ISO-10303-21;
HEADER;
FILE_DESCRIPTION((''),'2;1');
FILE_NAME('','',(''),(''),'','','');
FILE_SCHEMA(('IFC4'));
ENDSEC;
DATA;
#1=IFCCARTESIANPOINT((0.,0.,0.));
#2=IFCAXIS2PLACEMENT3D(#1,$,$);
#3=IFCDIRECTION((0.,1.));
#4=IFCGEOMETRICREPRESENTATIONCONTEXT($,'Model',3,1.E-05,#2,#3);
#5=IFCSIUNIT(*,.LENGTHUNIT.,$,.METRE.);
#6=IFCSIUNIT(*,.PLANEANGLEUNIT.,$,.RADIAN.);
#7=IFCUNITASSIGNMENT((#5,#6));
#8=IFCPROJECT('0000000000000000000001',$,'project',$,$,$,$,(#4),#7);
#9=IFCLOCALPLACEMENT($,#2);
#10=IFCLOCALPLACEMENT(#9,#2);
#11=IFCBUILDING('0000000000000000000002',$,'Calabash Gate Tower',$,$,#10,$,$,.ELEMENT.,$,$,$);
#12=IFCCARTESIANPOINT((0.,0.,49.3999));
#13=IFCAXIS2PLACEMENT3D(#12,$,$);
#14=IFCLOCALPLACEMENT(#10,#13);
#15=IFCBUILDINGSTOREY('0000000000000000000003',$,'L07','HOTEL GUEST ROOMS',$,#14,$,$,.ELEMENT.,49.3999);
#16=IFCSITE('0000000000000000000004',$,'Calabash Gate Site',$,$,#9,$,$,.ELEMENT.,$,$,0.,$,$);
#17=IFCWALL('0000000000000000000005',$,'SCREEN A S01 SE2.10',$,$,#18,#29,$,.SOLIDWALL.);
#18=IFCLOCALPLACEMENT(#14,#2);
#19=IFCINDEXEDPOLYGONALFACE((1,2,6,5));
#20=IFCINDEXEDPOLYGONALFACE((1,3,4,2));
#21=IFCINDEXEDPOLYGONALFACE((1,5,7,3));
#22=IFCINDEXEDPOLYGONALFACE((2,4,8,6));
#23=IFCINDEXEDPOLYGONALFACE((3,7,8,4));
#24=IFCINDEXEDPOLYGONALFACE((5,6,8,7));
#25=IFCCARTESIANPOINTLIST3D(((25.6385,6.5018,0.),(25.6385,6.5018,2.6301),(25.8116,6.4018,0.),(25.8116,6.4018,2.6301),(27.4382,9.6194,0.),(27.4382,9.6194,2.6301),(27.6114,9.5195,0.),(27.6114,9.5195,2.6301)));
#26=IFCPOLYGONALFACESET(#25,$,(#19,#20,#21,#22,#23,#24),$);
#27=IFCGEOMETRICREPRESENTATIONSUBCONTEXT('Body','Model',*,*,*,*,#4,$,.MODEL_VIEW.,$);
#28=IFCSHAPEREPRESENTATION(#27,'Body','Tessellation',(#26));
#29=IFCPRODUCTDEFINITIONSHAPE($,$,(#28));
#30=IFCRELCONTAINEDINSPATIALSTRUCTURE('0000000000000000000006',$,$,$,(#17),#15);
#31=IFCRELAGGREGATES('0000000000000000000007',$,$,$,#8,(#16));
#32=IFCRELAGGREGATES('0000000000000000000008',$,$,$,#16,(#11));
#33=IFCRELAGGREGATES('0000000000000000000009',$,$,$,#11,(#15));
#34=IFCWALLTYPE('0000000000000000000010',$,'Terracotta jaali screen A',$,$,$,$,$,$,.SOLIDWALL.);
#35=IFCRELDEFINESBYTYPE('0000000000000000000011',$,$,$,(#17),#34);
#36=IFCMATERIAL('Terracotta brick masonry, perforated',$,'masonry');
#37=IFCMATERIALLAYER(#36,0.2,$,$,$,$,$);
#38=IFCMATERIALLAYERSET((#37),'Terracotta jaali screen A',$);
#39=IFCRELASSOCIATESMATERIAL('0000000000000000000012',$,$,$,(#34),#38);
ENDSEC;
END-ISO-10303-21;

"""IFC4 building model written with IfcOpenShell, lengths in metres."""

from ifc_helpers import new_model, si_unit, direction, frame, frame_2d, origin, place, context, subcontext, project, spatial, rectangle, extrude, material, layer, layer_set, type_object, element, save


model = new_model("IFC4")

# Units and contexts
model_context = context("Model", 3, precision=1e-05, world=origin(), true_north=direction((0.0, 1.0)))
body_context = subcontext(model_context, "Body", "Model", "MODEL_VIEW")
ifc_project = project(units=[si_unit("LENGTHUNIT", "METRE"), si_unit("PLANEANGLEUNIT", "RADIAN")], contexts=[model_context])

# Site, building, storey
site_placement = place(None, origin())
site = spatial("IfcSite", under=ifc_project, at=site_placement, Name="Calabash Gate Site", CompositionType="ELEMENT", RefElevation=0.0)
building_placement = place(site_placement, origin())
building = spatial("IfcBuilding", under=site, at=building_placement, Name="Calabash Gate Tower", CompositionType="ELEMENT")
storey_placement = place(building_placement, frame((0.0, 0.0, 49.3999)))
storey = spatial("IfcBuildingStorey", under=building, at=storey_placement, Name="L07", Description="HOTEL GUEST ROOMS", CompositionType="ELEMENT", Elevation=49.3999)

# Wall
ifc_material_1 = material(Name="Terracotta brick masonry, perforated", Category="masonry")
ifc_layer_1 = layer(ifc_material_1, 0.2)
ifc_layer_set_1 = layer_set([ifc_layer_1], Name="Terracotta jaali screen A")
wall_type_1 = type_object("IfcWallType", Name="Terracotta jaali screen A", PredefinedType="SOLIDWALL", material=ifc_layer_set_1)
wall_1_placement = place(storey_placement, frame((25.7251, 6.4519, 0.0), z_axis=(0.0, 0.0, 1.0), x_axis=(0.499961, 0.866048, 0.0)))
element("IfcWall", 1, at=wall_1_placement, inside=storey, type_object=wall_type_1, Name="SCREEN A S01 SE2.10", PredefinedType="SOLIDWALL", context=body_context, shape_type="SweptSolid", body=[
    extrude(rectangle(XDim=3.5999, YDim=0.2, at=frame_2d((1.7998, 0.0))), origin(), (0.0, 0.0, 1.0), 2.6301),
])

save(model, "model.ifc")
